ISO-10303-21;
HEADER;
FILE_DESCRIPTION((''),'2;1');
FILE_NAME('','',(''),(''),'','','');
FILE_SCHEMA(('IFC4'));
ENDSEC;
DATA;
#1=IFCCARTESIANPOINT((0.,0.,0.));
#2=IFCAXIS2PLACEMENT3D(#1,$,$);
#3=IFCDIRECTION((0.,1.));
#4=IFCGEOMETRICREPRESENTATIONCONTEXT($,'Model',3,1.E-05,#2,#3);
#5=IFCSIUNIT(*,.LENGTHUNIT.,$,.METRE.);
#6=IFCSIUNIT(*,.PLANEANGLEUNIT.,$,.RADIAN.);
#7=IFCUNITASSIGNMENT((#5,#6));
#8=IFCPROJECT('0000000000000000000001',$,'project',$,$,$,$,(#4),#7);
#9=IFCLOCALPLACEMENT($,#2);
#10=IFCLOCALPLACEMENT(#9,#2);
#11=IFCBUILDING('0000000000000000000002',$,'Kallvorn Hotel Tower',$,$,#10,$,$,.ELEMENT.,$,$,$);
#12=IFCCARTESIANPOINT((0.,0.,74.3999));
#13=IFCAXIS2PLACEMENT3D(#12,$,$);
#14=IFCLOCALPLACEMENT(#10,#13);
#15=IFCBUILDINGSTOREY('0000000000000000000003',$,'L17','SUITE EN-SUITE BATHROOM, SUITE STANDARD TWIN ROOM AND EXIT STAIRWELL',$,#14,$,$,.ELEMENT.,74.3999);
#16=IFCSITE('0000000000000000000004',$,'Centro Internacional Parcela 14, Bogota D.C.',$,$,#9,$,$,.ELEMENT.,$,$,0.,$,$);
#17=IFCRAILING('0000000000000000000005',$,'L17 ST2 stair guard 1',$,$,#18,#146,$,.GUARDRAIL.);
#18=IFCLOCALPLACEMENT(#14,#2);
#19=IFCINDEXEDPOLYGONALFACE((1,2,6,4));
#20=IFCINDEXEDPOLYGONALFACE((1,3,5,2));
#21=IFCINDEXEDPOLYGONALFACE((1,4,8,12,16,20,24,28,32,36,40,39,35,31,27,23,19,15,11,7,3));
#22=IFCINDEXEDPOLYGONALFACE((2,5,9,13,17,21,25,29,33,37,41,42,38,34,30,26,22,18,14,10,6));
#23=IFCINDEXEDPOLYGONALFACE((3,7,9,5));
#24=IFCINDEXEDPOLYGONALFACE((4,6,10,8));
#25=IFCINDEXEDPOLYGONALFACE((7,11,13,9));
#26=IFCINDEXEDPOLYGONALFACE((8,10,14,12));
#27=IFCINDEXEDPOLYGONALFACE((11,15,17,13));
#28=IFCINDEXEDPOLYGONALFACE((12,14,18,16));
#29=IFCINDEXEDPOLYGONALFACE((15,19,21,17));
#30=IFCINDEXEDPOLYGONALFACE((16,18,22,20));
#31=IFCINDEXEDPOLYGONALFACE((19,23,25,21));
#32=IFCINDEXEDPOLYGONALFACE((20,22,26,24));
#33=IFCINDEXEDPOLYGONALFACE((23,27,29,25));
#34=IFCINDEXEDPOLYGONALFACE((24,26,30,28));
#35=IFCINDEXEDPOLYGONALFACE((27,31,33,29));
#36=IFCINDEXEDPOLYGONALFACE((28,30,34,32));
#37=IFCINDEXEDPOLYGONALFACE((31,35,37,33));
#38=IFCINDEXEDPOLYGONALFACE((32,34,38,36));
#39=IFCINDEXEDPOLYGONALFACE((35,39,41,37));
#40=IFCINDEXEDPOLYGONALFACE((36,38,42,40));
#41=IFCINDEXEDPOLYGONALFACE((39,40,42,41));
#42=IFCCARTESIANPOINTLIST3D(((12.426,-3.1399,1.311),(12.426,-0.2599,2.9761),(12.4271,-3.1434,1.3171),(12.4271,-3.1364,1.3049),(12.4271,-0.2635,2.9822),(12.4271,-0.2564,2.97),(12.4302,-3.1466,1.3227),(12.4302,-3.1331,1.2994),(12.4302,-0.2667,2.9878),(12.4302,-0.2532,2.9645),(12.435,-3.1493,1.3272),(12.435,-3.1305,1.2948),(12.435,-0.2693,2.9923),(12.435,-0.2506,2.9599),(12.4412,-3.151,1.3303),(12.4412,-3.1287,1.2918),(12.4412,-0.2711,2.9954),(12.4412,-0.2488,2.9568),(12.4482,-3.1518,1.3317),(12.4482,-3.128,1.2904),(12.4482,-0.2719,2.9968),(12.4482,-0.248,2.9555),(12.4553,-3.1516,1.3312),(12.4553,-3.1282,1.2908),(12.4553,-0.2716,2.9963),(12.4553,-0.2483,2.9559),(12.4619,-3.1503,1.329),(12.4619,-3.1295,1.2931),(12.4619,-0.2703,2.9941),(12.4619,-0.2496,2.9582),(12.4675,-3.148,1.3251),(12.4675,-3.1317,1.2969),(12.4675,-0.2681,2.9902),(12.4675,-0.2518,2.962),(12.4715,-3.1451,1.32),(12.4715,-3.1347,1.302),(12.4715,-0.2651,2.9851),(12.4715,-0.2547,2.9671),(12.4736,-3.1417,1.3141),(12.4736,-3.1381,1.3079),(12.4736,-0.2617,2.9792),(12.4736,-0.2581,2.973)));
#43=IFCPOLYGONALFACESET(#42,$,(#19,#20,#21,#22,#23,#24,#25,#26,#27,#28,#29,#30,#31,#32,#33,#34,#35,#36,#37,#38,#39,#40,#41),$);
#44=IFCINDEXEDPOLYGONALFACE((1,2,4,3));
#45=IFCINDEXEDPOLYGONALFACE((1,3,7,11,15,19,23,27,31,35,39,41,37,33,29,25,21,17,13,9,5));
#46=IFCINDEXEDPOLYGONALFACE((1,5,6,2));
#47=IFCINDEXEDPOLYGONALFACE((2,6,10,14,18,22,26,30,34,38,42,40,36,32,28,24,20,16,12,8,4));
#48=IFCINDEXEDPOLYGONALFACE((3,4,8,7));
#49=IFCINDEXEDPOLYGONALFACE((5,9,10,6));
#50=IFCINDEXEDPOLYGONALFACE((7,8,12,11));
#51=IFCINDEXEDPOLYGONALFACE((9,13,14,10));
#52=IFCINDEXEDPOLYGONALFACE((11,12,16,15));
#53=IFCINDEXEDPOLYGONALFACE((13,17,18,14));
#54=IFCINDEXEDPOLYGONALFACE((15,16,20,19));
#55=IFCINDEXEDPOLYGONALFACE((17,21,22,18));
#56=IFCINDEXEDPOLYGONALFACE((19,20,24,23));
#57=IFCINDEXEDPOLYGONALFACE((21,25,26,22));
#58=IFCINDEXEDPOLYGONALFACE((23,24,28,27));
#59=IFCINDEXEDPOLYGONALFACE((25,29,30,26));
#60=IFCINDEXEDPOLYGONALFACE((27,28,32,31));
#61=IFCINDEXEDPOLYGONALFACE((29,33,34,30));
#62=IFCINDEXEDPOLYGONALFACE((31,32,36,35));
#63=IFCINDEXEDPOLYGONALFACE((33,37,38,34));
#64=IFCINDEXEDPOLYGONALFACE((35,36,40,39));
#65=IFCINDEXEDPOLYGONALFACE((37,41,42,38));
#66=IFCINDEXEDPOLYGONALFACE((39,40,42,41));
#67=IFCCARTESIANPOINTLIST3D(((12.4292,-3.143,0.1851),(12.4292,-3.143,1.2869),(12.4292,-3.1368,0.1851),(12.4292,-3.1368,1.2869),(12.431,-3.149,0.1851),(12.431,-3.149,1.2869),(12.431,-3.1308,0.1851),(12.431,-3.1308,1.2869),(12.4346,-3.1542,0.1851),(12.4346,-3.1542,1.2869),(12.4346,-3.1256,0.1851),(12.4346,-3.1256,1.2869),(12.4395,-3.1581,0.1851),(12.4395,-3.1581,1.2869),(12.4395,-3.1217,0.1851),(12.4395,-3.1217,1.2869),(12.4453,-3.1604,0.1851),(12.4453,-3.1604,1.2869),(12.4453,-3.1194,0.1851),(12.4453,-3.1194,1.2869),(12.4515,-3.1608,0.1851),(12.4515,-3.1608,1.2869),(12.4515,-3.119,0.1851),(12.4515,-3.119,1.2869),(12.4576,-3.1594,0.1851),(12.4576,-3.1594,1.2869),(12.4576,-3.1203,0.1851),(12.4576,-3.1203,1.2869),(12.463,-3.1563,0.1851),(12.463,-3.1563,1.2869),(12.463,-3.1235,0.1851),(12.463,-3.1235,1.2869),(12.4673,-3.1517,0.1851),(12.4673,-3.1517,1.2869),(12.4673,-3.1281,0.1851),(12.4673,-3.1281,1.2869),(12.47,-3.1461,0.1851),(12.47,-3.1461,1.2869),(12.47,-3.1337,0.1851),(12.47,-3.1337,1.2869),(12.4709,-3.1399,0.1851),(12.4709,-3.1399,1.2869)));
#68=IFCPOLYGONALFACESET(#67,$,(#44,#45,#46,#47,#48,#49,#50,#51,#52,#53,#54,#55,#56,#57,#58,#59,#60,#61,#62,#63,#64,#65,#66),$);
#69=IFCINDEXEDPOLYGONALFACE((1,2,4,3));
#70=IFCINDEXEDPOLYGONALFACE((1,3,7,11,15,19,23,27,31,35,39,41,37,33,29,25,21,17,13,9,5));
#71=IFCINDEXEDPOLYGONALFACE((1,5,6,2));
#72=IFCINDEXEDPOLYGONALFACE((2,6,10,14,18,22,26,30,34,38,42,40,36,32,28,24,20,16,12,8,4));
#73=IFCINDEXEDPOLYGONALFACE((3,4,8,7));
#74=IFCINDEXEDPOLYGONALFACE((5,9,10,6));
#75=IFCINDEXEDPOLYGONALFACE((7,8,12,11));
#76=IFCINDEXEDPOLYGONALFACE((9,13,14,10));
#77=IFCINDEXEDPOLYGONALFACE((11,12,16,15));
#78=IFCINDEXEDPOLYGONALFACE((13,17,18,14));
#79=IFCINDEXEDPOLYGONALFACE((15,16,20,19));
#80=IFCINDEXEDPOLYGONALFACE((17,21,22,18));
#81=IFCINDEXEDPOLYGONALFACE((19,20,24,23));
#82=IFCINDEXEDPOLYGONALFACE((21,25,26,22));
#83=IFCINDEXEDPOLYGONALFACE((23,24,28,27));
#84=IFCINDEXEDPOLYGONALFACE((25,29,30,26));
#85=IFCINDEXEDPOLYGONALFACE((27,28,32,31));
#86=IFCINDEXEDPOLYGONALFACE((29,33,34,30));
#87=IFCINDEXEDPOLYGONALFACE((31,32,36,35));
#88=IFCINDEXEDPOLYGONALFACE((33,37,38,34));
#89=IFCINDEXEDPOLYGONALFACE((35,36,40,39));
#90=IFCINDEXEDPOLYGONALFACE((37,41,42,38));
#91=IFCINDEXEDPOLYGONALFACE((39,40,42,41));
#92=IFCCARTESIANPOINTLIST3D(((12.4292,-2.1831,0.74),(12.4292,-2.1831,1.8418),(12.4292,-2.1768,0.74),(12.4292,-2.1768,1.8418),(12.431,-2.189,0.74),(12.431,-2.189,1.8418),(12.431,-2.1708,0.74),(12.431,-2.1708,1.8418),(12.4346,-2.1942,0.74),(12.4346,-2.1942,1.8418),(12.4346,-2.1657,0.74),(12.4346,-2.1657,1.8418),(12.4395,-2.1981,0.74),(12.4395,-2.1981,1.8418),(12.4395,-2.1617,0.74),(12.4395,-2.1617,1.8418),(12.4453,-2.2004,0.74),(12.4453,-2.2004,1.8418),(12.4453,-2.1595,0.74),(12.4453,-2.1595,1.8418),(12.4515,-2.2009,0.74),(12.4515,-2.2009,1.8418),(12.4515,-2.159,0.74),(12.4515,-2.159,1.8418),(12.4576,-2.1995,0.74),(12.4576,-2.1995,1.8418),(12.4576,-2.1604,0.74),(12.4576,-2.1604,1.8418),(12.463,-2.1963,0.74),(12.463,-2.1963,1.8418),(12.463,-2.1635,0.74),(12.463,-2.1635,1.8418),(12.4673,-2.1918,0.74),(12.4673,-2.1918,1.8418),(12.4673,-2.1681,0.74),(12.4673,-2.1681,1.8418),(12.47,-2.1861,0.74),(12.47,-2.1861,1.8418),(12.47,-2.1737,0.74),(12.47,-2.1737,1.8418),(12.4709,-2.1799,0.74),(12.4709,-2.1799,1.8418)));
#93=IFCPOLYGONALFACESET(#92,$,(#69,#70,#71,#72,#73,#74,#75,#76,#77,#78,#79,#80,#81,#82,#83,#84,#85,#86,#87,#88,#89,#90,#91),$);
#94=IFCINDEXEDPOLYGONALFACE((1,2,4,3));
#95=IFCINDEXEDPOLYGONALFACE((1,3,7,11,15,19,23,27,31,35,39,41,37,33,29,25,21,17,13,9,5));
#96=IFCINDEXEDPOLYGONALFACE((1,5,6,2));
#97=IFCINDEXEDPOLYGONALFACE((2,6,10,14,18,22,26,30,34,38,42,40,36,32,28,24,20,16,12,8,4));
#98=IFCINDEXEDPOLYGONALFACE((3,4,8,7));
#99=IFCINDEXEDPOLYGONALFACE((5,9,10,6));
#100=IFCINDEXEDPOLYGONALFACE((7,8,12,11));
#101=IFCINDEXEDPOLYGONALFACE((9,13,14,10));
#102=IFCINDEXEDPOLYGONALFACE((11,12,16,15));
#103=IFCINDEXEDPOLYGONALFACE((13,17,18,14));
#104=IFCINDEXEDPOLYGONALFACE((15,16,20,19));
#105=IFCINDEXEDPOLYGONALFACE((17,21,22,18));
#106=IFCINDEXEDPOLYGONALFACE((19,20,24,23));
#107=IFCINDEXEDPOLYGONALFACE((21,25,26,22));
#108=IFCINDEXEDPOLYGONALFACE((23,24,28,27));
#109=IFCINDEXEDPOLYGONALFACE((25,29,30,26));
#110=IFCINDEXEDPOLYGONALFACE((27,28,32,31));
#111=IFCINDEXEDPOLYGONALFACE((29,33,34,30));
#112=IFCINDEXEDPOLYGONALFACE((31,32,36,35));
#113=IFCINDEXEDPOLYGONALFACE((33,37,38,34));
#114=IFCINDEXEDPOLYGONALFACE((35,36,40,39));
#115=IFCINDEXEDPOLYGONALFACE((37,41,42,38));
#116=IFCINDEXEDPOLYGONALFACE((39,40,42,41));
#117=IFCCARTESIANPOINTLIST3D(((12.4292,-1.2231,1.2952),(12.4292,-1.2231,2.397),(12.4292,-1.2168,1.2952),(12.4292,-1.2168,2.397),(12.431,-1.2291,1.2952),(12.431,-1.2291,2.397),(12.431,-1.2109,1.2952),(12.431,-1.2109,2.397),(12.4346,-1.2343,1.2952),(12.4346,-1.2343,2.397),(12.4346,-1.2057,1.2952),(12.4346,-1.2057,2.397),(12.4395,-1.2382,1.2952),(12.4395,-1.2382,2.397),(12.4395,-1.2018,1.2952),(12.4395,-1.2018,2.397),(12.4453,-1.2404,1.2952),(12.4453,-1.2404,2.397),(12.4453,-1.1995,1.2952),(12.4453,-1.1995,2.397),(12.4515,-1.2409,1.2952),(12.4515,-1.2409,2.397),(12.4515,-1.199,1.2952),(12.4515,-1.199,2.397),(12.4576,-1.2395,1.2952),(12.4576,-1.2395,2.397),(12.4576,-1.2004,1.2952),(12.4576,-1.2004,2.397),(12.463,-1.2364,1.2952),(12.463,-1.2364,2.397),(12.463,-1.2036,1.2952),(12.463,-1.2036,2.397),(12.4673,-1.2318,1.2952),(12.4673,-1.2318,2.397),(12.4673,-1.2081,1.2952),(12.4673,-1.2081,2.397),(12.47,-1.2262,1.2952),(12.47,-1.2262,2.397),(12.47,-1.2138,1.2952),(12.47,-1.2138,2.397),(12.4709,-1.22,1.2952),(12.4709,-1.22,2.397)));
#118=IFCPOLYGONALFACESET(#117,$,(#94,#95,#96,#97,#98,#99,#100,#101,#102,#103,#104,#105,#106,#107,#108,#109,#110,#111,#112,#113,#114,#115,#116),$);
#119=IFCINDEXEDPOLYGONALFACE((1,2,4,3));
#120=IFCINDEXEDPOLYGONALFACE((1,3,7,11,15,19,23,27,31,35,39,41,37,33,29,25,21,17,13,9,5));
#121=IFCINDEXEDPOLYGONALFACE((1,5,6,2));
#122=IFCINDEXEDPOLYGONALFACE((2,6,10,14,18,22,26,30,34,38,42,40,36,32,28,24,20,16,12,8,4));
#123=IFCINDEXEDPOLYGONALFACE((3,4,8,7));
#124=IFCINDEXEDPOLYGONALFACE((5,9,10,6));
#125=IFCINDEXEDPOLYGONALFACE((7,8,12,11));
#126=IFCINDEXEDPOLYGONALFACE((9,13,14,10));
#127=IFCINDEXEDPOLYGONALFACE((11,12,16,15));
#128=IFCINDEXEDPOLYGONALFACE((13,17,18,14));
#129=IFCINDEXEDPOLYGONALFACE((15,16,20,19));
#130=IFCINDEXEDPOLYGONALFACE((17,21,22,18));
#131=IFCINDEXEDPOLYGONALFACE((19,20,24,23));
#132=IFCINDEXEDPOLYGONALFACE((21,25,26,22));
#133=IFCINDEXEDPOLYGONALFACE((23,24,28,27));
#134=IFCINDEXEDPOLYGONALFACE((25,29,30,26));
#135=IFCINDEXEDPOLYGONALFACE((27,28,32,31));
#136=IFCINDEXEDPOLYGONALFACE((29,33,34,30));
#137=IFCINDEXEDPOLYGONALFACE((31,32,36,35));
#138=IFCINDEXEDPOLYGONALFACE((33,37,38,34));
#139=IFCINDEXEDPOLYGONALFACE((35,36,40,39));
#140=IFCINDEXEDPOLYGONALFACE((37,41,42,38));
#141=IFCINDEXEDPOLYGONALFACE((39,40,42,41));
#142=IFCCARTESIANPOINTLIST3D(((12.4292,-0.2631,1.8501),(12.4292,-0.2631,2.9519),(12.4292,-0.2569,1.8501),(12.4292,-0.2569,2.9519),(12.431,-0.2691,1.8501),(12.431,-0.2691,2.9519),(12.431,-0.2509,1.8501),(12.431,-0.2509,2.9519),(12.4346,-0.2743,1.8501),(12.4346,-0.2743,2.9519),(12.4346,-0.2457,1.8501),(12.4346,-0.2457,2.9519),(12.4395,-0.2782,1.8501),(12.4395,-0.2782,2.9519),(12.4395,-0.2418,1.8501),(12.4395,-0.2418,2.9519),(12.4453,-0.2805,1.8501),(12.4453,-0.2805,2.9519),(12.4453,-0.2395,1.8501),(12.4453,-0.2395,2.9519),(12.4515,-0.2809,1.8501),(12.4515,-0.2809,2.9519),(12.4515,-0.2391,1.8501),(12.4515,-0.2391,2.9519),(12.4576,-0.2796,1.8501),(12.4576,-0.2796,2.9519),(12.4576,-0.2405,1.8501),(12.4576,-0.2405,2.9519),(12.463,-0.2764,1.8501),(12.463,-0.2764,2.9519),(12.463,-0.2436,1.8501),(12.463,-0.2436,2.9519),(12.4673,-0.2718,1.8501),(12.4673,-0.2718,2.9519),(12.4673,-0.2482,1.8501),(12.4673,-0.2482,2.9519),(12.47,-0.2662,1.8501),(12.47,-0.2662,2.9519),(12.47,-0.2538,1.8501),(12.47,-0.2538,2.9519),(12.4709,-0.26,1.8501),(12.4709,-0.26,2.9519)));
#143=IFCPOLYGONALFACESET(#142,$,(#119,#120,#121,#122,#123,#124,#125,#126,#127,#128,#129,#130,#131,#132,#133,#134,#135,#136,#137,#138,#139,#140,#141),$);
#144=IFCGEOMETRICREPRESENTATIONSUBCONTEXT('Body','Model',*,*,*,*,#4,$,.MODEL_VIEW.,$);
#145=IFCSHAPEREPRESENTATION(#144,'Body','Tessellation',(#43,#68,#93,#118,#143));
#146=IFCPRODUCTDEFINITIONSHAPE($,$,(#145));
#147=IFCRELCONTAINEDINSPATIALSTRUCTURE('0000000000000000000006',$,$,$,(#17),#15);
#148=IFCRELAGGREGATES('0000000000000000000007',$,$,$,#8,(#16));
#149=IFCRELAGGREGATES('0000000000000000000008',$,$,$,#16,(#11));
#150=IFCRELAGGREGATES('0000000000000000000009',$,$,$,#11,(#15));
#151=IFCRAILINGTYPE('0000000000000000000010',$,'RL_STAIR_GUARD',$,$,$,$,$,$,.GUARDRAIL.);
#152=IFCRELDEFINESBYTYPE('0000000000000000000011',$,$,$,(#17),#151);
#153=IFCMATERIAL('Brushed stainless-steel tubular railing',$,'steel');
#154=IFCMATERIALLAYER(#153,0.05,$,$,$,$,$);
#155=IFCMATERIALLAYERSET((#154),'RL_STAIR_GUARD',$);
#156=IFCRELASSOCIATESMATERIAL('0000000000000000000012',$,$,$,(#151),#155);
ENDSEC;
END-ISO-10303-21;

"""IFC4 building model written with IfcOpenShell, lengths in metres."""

from ifc_helpers import new_model, si_unit, direction, frame, origin, origin_2d, place, context, subcontext, project, spatial, circle, extrude, material, layer, layer_set, type_object, element, save


model = new_model("IFC4")

# Units and contexts
model_context = context("Model", 3, precision=1e-05, world=origin(), true_north=direction((0.0, 1.0)))
body_context = subcontext(model_context, "Body", "Model", "MODEL_VIEW")
ifc_project = project(units=[si_unit("LENGTHUNIT", "METRE"), si_unit("PLANEANGLEUNIT", "RADIAN")], contexts=[model_context])

# Site, building, storey
site_placement = place(None, origin())
site = spatial("IfcSite", under=ifc_project, at=site_placement, Name="Centro Internacional Parcela 14, Bogota D.C.", CompositionType="ELEMENT", RefElevation=0.0)
building_placement = place(site_placement, origin())
building = spatial("IfcBuilding", under=site, at=building_placement, Name="Kallvorn Hotel Tower", CompositionType="ELEMENT")
storey_placement = place(building_placement, frame((0.0, 0.0, 74.3999)))
storey = spatial("IfcBuildingStorey", under=building, at=storey_placement, Name="L17", Description="SUITE EN-SUITE BATHROOM, SUITE STANDARD TWIN ROOM AND EXIT STAIRWELL", CompositionType="ELEMENT", Elevation=74.3999)

# Railing
ifc_material_1 = material(Name="Brushed stainless-steel tubular railing", Category="steel")
ifc_layer_1 = layer(ifc_material_1, 0.05)
ifc_layer_set_1 = layer_set([ifc_layer_1], Name="RL_STAIR_GUARD")
railing_type_1 = type_object("IfcRailingType", Name="RL_STAIR_GUARD", PredefinedType="GUARDRAIL", material=ifc_layer_set_1)
railing_1_placement = place(storey_placement, frame((12.45, -3.1399, 0.1851)))
element("IfcRailing", 1, at=railing_1_placement, inside=storey, type_object=railing_type_1, Name="L17 ST2 stair guard 1", PredefinedType="GUARDRAIL", context=body_context, shape_type="SweptSolid", body=[
    extrude(circle(Radius=0.0239, at=origin_2d()), frame((0.0, 0.0, 1.126), z_axis=(0.0, 0.865721, 0.500527), x_axis=(-1.0, 0.0, 0.0)), (0.0, 0.0, 1.0), 3.3267),
    extrude(circle(Radius=0.021, at=origin_2d()), origin(), (0.0, 0.0, 1.0), 1.1018),
    extrude(circle(Radius=0.021, at=origin_2d()), frame((0.0, 0.96, 0.5549)), (0.0, 0.0, 1.0), 1.1018),
    extrude(circle(Radius=0.021, at=origin_2d()), frame((0.0, 1.9199, 1.1101)), (0.0, 0.0, 1.0), 1.1018),
    extrude(circle(Radius=0.021, at=origin_2d()), frame((0.0, 2.8799, 1.665)), (0.0, 0.0, 1.0), 1.1018),
])

save(model, "model.ifc")
